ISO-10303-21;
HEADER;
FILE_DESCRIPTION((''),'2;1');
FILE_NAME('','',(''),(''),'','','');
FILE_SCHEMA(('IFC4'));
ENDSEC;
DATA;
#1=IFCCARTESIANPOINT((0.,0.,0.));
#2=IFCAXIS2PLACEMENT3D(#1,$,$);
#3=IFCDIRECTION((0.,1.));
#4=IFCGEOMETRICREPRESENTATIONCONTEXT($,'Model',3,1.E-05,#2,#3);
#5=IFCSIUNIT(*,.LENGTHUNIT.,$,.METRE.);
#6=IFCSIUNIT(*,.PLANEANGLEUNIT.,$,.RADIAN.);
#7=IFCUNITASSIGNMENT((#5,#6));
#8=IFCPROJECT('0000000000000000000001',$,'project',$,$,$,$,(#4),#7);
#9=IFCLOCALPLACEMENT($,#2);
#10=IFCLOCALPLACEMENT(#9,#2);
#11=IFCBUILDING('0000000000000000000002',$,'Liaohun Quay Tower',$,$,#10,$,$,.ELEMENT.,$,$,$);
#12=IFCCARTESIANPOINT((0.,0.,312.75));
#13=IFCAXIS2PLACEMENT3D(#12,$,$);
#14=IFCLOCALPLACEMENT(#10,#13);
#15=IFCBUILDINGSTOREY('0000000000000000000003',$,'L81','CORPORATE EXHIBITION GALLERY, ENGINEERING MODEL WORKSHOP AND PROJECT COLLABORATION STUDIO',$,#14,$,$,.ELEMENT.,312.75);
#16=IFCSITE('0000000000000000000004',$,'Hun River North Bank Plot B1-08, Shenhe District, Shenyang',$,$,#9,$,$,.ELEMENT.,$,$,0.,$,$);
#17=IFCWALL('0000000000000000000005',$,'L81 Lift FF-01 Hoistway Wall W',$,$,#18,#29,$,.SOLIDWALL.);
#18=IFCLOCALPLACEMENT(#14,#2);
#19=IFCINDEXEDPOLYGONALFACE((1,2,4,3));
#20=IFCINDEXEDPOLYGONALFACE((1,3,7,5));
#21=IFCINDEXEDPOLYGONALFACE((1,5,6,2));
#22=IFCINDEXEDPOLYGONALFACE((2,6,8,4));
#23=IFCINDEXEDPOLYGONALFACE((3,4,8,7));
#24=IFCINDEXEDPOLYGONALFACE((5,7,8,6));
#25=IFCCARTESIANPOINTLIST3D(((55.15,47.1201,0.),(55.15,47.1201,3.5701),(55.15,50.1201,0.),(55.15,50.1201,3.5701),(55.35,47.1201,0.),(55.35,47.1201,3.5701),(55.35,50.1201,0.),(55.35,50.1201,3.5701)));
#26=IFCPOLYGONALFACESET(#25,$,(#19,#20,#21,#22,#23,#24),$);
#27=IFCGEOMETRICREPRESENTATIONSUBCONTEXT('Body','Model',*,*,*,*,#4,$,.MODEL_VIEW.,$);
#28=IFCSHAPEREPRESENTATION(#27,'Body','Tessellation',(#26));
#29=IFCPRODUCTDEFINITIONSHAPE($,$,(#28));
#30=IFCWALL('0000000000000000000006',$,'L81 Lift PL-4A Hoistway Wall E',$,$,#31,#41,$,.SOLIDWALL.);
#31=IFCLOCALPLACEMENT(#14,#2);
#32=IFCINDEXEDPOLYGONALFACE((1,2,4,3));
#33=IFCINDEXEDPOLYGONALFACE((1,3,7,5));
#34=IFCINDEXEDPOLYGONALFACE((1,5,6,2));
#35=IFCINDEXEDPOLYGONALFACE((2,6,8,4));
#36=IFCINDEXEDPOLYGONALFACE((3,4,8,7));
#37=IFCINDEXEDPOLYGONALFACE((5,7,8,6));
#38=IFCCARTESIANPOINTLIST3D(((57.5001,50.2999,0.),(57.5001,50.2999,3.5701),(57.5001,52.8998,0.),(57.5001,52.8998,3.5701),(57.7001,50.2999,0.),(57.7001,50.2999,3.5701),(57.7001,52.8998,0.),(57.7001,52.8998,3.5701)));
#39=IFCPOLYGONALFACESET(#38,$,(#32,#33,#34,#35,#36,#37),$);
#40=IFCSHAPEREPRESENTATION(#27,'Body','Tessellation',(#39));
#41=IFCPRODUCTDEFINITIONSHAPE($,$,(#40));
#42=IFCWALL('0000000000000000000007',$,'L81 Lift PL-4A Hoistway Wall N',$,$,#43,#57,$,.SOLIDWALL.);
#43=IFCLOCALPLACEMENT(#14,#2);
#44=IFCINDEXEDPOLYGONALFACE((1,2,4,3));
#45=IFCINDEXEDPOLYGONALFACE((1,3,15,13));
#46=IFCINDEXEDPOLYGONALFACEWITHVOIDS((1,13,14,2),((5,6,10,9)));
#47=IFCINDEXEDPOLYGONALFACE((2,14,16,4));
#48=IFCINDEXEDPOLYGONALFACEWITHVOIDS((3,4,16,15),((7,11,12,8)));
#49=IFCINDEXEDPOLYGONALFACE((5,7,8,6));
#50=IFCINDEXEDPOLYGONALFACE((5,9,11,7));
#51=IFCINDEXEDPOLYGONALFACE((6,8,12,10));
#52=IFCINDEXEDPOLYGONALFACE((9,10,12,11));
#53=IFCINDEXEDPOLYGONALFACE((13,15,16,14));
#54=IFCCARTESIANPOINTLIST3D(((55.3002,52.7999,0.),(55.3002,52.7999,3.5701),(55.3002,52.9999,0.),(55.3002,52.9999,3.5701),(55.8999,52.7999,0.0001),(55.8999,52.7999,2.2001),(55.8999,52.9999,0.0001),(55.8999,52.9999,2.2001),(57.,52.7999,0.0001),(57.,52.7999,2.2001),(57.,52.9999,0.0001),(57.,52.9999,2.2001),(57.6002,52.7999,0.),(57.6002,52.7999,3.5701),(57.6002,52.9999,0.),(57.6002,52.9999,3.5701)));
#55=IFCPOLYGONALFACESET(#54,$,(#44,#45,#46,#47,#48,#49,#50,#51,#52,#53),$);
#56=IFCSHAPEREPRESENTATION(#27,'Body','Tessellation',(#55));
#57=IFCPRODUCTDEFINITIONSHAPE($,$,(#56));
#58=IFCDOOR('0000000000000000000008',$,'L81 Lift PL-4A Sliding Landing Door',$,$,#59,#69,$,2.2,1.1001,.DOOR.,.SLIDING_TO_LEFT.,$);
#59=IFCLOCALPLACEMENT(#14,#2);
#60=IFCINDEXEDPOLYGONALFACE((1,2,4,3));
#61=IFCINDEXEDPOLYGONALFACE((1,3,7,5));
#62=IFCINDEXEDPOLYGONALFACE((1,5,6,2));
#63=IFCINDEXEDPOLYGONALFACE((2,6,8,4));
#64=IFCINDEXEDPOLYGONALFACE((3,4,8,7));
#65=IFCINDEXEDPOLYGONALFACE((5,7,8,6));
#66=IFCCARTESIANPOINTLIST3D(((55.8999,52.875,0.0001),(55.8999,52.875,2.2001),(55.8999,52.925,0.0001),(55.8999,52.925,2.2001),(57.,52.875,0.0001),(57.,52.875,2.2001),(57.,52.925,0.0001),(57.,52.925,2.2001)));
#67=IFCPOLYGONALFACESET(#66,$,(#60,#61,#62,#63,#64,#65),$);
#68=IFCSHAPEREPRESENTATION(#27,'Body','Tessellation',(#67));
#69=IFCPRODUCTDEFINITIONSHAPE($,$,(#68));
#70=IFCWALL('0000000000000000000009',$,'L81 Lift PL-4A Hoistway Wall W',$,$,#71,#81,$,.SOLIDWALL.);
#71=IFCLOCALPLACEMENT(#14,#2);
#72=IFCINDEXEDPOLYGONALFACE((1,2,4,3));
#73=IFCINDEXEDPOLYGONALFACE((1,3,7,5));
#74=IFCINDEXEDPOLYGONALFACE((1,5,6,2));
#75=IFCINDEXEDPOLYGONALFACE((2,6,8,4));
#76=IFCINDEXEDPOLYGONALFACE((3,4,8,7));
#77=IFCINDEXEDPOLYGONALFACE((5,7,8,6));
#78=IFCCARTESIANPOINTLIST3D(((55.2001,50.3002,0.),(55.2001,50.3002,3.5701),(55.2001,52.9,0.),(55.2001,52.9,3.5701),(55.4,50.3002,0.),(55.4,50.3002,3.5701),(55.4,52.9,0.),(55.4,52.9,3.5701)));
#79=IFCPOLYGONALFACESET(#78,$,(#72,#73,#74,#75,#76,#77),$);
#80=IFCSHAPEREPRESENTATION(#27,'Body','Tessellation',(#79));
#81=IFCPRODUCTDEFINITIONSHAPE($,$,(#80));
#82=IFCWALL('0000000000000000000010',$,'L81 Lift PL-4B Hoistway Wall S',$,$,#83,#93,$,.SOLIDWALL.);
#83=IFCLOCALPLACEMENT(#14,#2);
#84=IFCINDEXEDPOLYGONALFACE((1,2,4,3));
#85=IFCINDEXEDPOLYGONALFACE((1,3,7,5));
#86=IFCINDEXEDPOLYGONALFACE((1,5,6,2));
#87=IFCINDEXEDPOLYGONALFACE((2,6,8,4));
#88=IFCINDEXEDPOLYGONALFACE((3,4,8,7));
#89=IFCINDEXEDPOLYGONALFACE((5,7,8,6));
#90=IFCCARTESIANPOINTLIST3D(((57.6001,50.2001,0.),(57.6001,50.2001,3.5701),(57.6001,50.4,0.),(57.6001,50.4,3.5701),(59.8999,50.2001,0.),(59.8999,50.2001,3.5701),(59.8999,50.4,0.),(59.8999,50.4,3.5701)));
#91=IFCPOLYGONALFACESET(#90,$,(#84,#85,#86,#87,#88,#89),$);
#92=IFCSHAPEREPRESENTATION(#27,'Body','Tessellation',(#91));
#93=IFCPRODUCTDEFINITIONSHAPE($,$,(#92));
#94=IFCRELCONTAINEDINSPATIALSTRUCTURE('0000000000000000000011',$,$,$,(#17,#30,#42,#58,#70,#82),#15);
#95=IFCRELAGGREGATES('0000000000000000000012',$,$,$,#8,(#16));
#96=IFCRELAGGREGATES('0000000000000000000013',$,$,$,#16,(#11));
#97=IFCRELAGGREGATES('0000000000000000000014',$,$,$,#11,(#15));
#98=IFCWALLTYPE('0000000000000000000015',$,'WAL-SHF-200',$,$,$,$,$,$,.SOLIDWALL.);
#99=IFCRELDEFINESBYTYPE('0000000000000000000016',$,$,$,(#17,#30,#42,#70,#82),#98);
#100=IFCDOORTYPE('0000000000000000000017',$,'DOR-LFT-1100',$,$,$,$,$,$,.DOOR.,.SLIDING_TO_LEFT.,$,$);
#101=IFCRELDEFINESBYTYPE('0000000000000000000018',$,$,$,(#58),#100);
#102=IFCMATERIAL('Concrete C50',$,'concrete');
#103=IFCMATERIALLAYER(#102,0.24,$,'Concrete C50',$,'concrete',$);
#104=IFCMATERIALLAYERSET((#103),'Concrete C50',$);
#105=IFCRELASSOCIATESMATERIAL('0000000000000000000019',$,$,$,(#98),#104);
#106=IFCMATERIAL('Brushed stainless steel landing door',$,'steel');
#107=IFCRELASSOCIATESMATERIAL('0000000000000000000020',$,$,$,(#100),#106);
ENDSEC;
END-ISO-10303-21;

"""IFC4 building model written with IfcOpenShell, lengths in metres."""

from ifc_helpers import new_model, si_unit, direction, frame, frame_2d, origin, place, context, subcontext, project, spatial, rectangle, extrude, source, transform, mapped, material, layer, layer_set, type_object, element, fill, save


model = new_model("IFC4")

# Units and contexts
model_context = context("Model", 3, precision=1e-05, world=origin(), true_north=direction((0.0, 1.0)))
body_context = subcontext(model_context, "Body", "Model", "MODEL_VIEW")
ifc_project = project(units=[si_unit("LENGTHUNIT", "METRE"), si_unit("PLANEANGLEUNIT", "RADIAN")], contexts=[model_context])

# Site, building, storey
site_placement = place(None, origin())
site = spatial("IfcSite", under=ifc_project, at=site_placement, Name="Hun River North Bank Plot B1-08, Shenhe District, Shenyang", CompositionType="ELEMENT", RefElevation=0.0)
building_placement = place(site_placement, origin())
building = spatial("IfcBuilding", under=site, at=building_placement, Name="Liaohun Quay Tower", CompositionType="ELEMENT")
storey_placement = place(building_placement, frame((0.0, 0.0, 312.75)))
storey = spatial("IfcBuildingStorey", under=building, at=storey_placement, Name="L81", Description="CORPORATE EXHIBITION GALLERY, ENGINEERING MODEL WORKSHOP AND PROJECT COLLABORATION STUDIO", CompositionType="ELEMENT", Elevation=312.75)

# Shared definitions
ifc_material_1 = material(Name="Concrete C50", Category="concrete")

# Shared definitions
ifc_layer_1 = layer(ifc_material_1, 0.24, Name="Concrete C50", Category="concrete")
ifc_layer_set_1 = layer_set([ifc_layer_1], Name="Concrete C50")
wall_type_1 = type_object("IfcWallType", Name="WAL-SHF-200", PredefinedType="SOLIDWALL", material=ifc_layer_set_1)

# Walls
wall_1_placement = place(storey_placement, frame((55.25, 50.1201, 0.0), z_axis=(0.0, 0.0, 1.0), x_axis=(0.0, -1.0, 0.0)))
element("IfcWall", 1, at=wall_1_placement, inside=storey, type_object=wall_type_1, Name="L81 Lift FF-01 Hoistway Wall W", PredefinedType="SOLIDWALL", context=body_context, shape_type="SweptSolid", body=[
    extrude(rectangle(XDim=3.0, YDim=0.2, at=frame_2d((1.5, 0.0))), origin(), (0.0, 0.0, 1.0), 3.5701),
])
wall_2_placement = place(storey_placement, frame((57.6001, 50.3, 0.0), z_axis=(0.0, 0.0, 1.0), x_axis=(0.0, 1.0, 0.0)))
element("IfcWall", 2, at=wall_2_placement, inside=storey, type_object=wall_type_1, Name="L81 Lift PL-4A Hoistway Wall E", PredefinedType="SOLIDWALL", context=body_context, shape_type="SweptSolid", body=[
    extrude(rectangle(XDim=2.5999, YDim=0.2, at=frame_2d((1.2998, 0.0))), origin(), (0.0, 0.0, 1.0), 3.5701),
])

# Wall, opening, door
wall_3_placement = place(storey_placement, frame((57.6001, 52.8999, 0.0), z_axis=(0.0, 0.0, 1.0), x_axis=(-1.0, 0.0, 0.0)))
wall_3 = element("IfcWall", 3, at=wall_3_placement, inside=storey, type_object=wall_type_1, Name="L81 Lift PL-4A Hoistway Wall N", PredefinedType="SOLIDWALL", context=body_context, shape_type="SweptSolid", body=[
    extrude(rectangle(XDim=2.3, YDim=0.2, at=frame_2d((1.1499, 0.0))), origin(), (0.0, 0.0, 1.0), 3.5701),
])
shared_shape_1 = source(origin(), body_context, "Body", "SweptSolid", [
    extrude(rectangle(XDim=1.1001, YDim=2.2, at=frame_2d((0.55, 1.1001))), frame((0.0, 0.1099, 0.0), z_axis=(0.0, -1.0, 0.0), x_axis=(1.0, 0.0, 0.0)), (0.0, 0.0, 1.0), 0.22),
])
opening_1_placement = place(wall_3_placement, frame((0.6001, 0.0, 0.0)))
opening_1 = element("IfcOpeningElement", 4, at=opening_1_placement, cuts=wall_3, PredefinedType="OPENING", context=body_context, shape_type="MappedRepresentation", body=[
    mapped(shared_shape_1, transform((0.0, 0.0, 0.0), x_axis=(1.0, 0.0, 0.0), y_axis=(0.0, 1.0, 0.0), z_axis=(0.0, 0.0, 1.0), scale=1.0)),
])
ifc_material_2 = material(Name="Brushed stainless steel landing door", Category="steel")
door_type_1 = type_object("IfcDoorType", Name="DOR-LFT-1100", OperationType="SLIDING_TO_LEFT", PredefinedType="DOOR", material=ifc_material_2)
shared_shape_2 = source(origin(), body_context, "Body", "SweptSolid", [
    extrude(rectangle(XDim=1.1001, YDim=2.2, at=frame_2d((0.55, 1.1001))), frame((0.0, 0.0249, 0.0), z_axis=(0.0, -1.0, 0.0), x_axis=(1.0, 0.0, 0.0)), (0.0, 0.0, 1.0), 0.05),
])
door_1_placement = place(opening_1_placement, origin())
door_1 = element("IfcDoor", 5, at=door_1_placement, inside=storey, type_object=door_type_1, Name="L81 Lift PL-4A Sliding Landing Door", OperationType="SLIDING_TO_LEFT", OverallHeight=2.2, OverallWidth=1.1001, PredefinedType="DOOR", context=body_context, shape_type="MappedRepresentation", body=[
    mapped(shared_shape_2, transform((0.0, 0.0, 0.0), x_axis=(1.0, 0.0, 0.0), y_axis=(0.0, 1.0, 0.0), z_axis=(0.0, 0.0, 1.0), scale=1.0)),
])
fill(opening_1, door_1)

# Walls
wall_4_placement = place(storey_placement, frame((55.3, 52.8999, 0.0), z_axis=(0.0, 0.0, 1.0), x_axis=(0.0, -1.0, 0.0)))
element("IfcWall", 6, at=wall_4_placement, inside=storey, type_object=wall_type_1, Name="L81 Lift PL-4A Hoistway Wall W", PredefinedType="SOLIDWALL", context=body_context, shape_type="SweptSolid", body=[
    extrude(rectangle(XDim=2.5999, YDim=0.2, at=frame_2d((1.2998, 0.0))), origin(), (0.0, 0.0, 1.0), 3.5701),
])
wall_5_placement = place(storey_placement, frame((57.6001, 50.3, 0.0), z_axis=(0.0, 0.0, 1.0), x_axis=(1.0, 0.0, 0.0)))
element("IfcWall", 7, at=wall_5_placement, inside=storey, type_object=wall_type_1, Name="L81 Lift PL-4B Hoistway Wall S", PredefinedType="SOLIDWALL", context=body_context, shape_type="SweptSolid", body=[
    extrude(rectangle(XDim=2.2998, YDim=0.2, at=frame_2d((1.1499, 0.0))), origin(), (0.0, 0.0, 1.0), 3.5701),
])

save(model, "model.ifc")
